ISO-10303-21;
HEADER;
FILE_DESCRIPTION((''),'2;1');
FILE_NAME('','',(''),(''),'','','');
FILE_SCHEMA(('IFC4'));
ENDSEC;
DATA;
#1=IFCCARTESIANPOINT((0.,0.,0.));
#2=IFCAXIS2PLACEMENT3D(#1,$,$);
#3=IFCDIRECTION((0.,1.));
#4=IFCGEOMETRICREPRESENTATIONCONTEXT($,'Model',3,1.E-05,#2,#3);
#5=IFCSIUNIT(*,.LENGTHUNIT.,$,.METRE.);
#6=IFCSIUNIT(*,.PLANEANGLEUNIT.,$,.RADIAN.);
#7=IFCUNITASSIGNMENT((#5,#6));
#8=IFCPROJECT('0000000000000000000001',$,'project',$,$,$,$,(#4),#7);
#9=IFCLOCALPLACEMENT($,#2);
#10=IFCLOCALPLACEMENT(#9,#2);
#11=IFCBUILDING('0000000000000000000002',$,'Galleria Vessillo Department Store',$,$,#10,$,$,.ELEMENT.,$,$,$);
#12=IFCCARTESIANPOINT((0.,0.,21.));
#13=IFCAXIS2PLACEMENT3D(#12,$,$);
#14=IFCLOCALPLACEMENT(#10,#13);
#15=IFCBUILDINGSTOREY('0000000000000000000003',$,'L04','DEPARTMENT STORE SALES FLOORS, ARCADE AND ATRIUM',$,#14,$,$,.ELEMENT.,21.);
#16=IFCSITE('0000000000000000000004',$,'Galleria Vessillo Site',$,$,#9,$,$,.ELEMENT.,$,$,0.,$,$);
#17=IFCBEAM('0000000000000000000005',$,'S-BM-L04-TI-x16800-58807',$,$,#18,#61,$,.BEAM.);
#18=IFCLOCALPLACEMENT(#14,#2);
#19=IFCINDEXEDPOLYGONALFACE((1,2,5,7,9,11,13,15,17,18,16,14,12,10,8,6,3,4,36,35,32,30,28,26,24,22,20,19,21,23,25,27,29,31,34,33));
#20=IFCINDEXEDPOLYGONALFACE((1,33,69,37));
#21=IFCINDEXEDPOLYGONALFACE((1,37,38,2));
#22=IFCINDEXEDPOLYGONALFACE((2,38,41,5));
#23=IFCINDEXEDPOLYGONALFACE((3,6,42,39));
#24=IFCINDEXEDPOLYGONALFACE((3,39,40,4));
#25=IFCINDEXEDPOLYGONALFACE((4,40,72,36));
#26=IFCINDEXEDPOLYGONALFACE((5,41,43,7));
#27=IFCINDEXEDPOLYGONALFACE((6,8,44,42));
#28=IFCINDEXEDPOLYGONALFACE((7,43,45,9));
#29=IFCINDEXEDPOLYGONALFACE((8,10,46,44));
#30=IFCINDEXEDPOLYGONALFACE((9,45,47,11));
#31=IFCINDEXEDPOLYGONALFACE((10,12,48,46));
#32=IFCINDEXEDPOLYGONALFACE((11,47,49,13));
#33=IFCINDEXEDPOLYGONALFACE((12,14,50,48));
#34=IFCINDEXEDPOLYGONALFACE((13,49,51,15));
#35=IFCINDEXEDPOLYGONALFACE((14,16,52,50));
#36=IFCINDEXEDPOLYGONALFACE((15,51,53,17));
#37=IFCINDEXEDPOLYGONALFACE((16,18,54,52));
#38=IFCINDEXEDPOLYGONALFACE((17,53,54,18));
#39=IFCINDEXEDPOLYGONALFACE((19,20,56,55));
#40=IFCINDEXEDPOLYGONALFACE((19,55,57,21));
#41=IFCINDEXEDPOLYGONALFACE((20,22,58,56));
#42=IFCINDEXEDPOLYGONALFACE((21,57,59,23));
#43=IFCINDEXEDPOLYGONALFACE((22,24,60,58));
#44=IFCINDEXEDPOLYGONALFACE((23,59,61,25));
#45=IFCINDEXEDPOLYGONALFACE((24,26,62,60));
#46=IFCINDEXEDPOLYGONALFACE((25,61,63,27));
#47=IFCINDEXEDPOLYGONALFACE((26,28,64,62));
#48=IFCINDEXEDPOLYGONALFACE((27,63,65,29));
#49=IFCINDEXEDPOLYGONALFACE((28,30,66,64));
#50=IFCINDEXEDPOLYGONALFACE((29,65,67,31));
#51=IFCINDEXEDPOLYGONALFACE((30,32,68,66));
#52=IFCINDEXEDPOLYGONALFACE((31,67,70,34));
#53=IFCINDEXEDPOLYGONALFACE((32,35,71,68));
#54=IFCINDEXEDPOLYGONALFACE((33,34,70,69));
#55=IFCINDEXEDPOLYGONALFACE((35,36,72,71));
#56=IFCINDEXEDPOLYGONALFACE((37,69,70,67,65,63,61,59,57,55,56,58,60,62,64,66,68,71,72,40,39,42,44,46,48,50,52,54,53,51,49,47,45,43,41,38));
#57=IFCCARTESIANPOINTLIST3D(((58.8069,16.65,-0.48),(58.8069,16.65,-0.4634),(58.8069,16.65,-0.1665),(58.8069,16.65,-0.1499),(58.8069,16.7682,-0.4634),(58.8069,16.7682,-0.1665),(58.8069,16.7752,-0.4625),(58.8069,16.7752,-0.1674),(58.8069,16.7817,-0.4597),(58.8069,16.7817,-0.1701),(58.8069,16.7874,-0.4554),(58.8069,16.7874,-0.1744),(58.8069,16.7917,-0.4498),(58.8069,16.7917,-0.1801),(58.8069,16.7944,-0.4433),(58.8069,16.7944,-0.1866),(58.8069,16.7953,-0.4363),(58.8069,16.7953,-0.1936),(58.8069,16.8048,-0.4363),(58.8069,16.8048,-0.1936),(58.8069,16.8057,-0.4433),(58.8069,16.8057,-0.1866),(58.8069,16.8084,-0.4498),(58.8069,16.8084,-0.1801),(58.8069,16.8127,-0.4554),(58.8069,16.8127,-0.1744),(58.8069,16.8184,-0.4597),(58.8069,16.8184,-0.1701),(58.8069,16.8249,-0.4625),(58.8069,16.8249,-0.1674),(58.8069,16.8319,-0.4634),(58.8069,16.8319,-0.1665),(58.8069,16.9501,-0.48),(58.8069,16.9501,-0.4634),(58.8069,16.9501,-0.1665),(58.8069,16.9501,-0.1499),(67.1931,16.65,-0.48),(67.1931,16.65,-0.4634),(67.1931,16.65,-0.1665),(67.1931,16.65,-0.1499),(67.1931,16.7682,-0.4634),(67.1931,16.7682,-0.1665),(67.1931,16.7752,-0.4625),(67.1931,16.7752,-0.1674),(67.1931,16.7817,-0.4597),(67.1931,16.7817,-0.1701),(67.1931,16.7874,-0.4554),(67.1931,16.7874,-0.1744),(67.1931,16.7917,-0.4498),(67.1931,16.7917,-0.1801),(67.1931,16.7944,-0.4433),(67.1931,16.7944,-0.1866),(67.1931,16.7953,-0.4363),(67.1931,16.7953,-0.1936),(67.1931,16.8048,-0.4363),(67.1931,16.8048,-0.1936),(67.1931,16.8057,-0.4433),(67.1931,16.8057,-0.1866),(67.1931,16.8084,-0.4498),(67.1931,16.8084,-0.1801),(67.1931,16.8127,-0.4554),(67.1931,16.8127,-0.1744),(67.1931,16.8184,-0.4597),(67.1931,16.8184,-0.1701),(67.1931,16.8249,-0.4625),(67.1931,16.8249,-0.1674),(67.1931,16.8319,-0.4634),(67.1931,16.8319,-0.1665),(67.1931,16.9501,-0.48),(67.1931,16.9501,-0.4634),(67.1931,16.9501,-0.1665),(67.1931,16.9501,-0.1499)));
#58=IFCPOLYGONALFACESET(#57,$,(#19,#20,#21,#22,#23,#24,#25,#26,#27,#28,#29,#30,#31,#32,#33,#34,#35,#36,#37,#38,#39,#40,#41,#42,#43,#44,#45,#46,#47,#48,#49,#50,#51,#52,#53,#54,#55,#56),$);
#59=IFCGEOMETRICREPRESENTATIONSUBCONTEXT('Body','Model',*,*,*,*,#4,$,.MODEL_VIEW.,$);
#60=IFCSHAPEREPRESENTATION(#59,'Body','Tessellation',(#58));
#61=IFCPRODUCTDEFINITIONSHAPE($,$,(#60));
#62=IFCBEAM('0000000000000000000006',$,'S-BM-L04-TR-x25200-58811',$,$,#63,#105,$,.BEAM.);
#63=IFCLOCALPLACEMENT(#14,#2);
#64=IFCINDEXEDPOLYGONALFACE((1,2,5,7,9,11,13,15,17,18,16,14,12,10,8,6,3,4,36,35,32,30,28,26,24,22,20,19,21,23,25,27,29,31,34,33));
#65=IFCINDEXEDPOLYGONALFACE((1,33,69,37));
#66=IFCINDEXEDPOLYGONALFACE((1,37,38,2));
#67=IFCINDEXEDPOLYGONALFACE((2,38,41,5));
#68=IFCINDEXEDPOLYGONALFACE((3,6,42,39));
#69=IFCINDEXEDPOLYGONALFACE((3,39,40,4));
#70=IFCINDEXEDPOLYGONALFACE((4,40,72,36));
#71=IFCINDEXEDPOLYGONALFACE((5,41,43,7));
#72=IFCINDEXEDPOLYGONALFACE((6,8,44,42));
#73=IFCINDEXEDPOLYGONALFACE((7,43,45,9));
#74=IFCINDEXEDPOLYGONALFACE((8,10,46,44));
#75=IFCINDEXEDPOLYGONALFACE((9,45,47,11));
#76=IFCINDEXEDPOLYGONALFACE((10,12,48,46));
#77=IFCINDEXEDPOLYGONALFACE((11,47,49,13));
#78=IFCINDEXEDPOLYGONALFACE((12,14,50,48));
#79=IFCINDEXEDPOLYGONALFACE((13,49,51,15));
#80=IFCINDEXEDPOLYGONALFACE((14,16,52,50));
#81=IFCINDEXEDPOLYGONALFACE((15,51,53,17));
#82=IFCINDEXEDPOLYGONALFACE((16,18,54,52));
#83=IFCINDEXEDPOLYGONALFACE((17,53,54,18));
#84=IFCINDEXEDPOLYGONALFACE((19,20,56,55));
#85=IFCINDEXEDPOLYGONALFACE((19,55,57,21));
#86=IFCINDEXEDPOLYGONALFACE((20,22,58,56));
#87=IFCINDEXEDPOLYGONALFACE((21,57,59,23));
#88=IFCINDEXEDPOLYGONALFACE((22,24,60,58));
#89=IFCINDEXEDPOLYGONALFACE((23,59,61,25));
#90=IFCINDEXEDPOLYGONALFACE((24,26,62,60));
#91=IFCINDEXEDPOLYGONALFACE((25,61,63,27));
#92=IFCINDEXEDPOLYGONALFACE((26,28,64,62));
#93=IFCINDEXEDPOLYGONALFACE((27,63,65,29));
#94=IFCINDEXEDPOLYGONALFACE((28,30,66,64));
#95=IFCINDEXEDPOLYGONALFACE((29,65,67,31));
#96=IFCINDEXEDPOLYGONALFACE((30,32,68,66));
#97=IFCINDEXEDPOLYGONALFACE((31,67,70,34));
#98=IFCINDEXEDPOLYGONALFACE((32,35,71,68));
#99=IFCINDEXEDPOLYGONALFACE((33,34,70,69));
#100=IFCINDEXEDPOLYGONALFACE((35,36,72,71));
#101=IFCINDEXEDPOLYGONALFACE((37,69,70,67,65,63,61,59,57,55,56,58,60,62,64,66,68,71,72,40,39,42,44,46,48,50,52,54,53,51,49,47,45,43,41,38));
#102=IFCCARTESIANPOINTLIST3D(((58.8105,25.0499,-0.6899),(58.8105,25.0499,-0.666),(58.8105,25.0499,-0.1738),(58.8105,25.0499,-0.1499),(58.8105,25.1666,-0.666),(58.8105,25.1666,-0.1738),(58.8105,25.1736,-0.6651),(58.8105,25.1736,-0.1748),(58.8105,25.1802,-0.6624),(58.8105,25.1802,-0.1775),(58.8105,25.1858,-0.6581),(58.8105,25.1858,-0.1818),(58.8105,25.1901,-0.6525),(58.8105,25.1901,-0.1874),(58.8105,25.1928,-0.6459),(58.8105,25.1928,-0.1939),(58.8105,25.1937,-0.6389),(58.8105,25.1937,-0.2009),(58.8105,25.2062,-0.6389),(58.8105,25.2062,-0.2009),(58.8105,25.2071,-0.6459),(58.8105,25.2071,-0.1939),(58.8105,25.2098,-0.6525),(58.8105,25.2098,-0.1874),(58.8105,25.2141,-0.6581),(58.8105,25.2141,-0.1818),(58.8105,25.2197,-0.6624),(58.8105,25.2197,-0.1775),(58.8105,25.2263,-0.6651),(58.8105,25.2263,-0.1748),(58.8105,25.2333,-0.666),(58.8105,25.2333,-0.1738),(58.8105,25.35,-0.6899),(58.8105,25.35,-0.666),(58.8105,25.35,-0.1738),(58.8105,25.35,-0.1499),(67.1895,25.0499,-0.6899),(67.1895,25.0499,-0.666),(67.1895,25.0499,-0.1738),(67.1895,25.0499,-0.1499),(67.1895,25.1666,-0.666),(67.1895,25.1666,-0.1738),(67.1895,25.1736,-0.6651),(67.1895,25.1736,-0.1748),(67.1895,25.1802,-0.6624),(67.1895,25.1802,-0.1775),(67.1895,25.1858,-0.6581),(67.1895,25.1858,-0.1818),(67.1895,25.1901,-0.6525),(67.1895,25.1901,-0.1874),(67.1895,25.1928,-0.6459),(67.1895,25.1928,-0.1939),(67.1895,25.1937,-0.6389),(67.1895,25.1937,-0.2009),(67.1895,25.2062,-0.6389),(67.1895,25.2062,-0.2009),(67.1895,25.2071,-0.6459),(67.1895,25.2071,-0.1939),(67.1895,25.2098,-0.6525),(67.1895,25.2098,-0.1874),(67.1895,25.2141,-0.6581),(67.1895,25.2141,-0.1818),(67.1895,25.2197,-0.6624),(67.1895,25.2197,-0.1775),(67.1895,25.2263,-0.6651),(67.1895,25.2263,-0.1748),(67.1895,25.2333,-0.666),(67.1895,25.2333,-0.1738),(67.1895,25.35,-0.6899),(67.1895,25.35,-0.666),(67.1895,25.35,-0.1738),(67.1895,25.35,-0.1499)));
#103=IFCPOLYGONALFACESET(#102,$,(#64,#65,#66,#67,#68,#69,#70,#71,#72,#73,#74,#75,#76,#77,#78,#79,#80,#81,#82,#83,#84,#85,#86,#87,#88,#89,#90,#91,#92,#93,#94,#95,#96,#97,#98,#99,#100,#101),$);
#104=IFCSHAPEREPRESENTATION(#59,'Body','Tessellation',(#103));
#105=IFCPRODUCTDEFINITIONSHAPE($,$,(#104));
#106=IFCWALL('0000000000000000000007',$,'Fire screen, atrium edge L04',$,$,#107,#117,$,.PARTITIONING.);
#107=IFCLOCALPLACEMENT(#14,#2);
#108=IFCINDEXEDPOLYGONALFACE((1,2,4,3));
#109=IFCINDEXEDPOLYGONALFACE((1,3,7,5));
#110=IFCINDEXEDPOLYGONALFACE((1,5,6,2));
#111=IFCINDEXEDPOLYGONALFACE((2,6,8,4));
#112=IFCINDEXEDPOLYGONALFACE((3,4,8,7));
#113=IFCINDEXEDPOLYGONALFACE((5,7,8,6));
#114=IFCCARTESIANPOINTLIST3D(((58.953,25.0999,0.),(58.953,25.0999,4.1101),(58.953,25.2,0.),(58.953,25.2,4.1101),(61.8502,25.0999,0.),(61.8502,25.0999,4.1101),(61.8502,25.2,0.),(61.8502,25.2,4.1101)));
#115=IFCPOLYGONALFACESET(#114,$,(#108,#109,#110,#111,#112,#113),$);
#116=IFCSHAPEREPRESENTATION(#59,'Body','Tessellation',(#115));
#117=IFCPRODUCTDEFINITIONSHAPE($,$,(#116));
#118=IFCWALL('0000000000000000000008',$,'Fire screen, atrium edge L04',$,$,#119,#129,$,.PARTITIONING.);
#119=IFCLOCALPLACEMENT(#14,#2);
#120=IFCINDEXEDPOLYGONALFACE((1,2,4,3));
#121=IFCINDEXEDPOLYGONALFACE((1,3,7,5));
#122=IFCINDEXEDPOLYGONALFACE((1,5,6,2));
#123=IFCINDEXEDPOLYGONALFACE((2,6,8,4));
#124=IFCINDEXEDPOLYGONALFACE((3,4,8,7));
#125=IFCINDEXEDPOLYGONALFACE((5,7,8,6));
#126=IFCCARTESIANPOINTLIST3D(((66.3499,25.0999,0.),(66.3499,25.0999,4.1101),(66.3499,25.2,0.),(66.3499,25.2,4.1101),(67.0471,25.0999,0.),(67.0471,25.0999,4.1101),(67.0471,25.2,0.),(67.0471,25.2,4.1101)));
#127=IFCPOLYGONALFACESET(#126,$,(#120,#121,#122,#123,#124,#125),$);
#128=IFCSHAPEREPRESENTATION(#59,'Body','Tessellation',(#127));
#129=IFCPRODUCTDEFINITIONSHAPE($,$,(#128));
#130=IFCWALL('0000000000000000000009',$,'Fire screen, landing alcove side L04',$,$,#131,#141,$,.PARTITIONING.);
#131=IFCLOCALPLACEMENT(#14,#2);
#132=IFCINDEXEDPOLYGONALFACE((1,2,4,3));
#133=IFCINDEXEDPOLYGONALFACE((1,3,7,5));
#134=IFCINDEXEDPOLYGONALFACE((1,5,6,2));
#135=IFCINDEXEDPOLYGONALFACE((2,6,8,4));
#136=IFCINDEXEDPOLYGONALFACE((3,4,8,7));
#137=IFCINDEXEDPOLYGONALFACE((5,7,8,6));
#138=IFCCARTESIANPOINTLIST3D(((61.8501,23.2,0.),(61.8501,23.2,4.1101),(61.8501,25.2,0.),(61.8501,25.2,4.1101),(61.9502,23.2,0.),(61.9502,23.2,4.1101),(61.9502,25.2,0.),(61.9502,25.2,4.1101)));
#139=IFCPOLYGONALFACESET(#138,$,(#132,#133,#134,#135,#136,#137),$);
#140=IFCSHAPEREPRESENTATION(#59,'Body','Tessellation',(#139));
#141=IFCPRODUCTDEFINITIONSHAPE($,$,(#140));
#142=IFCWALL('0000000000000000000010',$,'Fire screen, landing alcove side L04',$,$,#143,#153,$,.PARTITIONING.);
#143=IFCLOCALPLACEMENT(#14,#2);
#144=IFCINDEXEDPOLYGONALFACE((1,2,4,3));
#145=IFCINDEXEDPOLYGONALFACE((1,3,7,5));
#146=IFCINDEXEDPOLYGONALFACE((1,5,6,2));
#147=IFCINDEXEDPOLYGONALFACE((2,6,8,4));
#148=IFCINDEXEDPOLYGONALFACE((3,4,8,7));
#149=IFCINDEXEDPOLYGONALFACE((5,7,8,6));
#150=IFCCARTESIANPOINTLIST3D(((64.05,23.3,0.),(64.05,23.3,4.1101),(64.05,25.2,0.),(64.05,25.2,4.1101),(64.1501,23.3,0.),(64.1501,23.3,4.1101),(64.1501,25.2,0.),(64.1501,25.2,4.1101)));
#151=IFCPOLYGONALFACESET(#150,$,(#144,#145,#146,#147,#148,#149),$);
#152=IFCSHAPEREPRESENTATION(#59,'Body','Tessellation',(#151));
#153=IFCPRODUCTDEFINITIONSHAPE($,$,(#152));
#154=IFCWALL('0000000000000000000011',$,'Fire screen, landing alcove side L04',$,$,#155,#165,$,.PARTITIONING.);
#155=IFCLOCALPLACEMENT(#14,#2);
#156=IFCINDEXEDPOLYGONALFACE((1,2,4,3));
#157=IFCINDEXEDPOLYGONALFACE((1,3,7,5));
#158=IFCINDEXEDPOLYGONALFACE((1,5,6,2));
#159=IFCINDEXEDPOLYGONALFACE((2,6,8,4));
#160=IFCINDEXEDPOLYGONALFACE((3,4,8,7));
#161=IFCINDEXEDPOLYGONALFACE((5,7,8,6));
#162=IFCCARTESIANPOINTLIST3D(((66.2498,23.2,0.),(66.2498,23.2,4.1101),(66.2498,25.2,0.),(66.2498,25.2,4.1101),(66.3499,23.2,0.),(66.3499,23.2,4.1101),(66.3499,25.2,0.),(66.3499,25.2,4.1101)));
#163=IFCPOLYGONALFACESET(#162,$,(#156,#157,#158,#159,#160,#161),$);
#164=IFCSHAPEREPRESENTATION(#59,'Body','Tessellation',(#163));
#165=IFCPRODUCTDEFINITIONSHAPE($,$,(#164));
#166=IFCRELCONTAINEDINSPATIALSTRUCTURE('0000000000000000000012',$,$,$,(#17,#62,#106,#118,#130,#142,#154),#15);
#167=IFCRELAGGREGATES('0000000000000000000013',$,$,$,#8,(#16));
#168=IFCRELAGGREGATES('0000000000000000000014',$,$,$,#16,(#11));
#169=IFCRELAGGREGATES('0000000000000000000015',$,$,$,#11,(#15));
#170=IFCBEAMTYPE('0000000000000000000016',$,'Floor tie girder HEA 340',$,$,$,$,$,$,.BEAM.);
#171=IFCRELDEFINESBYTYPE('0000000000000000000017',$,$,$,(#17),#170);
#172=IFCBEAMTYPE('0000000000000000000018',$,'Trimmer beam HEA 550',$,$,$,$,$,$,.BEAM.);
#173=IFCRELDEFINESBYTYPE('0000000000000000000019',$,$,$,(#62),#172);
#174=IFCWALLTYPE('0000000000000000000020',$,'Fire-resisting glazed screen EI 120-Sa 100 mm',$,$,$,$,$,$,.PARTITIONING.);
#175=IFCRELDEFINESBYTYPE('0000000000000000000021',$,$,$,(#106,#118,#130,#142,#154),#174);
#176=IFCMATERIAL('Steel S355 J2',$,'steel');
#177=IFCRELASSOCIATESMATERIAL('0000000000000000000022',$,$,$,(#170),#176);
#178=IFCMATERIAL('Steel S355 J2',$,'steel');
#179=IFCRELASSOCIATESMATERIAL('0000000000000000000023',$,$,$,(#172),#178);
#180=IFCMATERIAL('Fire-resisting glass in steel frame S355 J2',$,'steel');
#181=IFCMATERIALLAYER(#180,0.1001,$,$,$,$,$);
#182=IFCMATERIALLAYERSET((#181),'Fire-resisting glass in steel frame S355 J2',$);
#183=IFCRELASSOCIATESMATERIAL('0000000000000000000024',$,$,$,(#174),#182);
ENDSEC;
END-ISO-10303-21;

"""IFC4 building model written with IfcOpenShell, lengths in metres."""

from ifc_helpers import new_model, si_unit, direction, frame, frame_2d, origin, origin_2d, place, context, subcontext, project, spatial, rectangle, i_section, extrude, material, layer, layer_set, material_profile, profile_set, type_object, element, save


model = new_model("IFC4")

# Units and contexts
model_context = context("Model", 3, precision=1e-05, world=origin(), true_north=direction((0.0, 1.0)))
body_context = subcontext(model_context, "Body", "Model", "MODEL_VIEW")
ifc_project = project(units=[si_unit("LENGTHUNIT", "METRE"), si_unit("PLANEANGLEUNIT", "RADIAN")], contexts=[model_context])

# Site, building, storey
site_placement = place(None, origin())
site = spatial("IfcSite", under=ifc_project, at=site_placement, Name="Galleria Vessillo Site", CompositionType="ELEMENT", RefElevation=0.0)
building_placement = place(site_placement, origin())
building = spatial("IfcBuilding", under=site, at=building_placement, Name="Galleria Vessillo Department Store", CompositionType="ELEMENT")
storey_placement = place(building_placement, frame((0.0, 0.0, 21.0)))
storey = spatial("IfcBuildingStorey", under=building, at=storey_placement, Name="L04", Description="DEPARTMENT STORE SALES FLOORS, ARCADE AND ATRIUM", CompositionType="ELEMENT", Elevation=21.0)

# Beams
ifc_material_1 = material(Name="Steel S355 J2", Category="steel")
ifc_material_profile_1 = material_profile(ifc_material_1, i_section(OverallWidth=0.3, OverallDepth=0.3301, WebThickness=0.0095, FlangeThickness=0.0166, FilletRadius=0.0271, at=origin_2d()), Name="HEA 340")
ifc_profile_set_1 = profile_set([ifc_material_profile_1], Name="Steel S355 J2")
beam_type_1 = type_object("IfcBeamType", Name="Floor tie girder HEA 340", PredefinedType="BEAM", material=ifc_profile_set_1)
beam_1_placement = place(storey_placement, frame((58.8069, 16.8, -0.3149), z_axis=(1.0, 0.0, 0.0), x_axis=(0.0, 1.0, 0.0)))
element("IfcBeam", 1, at=beam_1_placement, inside=storey, type_object=beam_type_1, Name="S-BM-L04-TI-x16800-58807", PredefinedType="BEAM", context=body_context, shape_type="SweptSolid", body=[
    extrude(i_section(OverallWidth=0.3, OverallDepth=0.3301, WebThickness=0.0095, FlangeThickness=0.0166, FilletRadius=0.0271, at=origin_2d()), origin(), (0.0, 0.0, 1.0), 8.3862),
])
ifc_material_2 = material(Name="Steel S355 J2", Category="steel")
ifc_material_profile_2 = material_profile(ifc_material_2, i_section(OverallWidth=0.3, OverallDepth=0.54, WebThickness=0.0125, FlangeThickness=0.0239, FilletRadius=0.0271, at=origin_2d()), Name="HEA 550")
ifc_profile_set_2 = profile_set([ifc_material_profile_2], Name="Steel S355 J2")
beam_type_2 = type_object("IfcBeamType", Name="Trimmer beam HEA 550", PredefinedType="BEAM", material=ifc_profile_set_2)
beam_2_placement = place(storey_placement, frame((58.8105, 25.2, -0.4199), z_axis=(1.0, 0.0, 0.0), x_axis=(0.0, 1.0, 0.0)))
element("IfcBeam", 2, at=beam_2_placement, inside=storey, type_object=beam_type_2, Name="S-BM-L04-TR-x25200-58811", PredefinedType="BEAM", context=body_context, shape_type="SweptSolid", body=[
    extrude(i_section(OverallWidth=0.3, OverallDepth=0.54, WebThickness=0.0125, FlangeThickness=0.0239, FilletRadius=0.0271, at=origin_2d()), origin(), (0.0, 0.0, 1.0), 8.3789),
])

# Walls
ifc_material_3 = material(Name="Fire-resisting glass in steel frame S355 J2", Category="steel")
ifc_layer = layer(ifc_material_3, 0.1001)
ifc_layer_set = layer_set([ifc_layer], Name="Fire-resisting glass in steel frame S355 J2")
wall_type = type_object("IfcWallType", Name="Fire-resisting glazed screen EI 120-Sa 100 mm", PredefinedType="PARTITIONING", material=ifc_layer_set)
wall_1_placement = place(storey_placement, frame((58.9529, 25.1499, 0.0), z_axis=(0.0, 0.0, 1.0), x_axis=(1.0, 0.0, 0.0)))
element("IfcWall", 3, at=wall_1_placement, inside=storey, type_object=wall_type, Name="Fire screen, atrium edge L04", PredefinedType="PARTITIONING", context=body_context, shape_type="SweptSolid", body=[
    extrude(rectangle(XDim=2.8972, YDim=0.1001, at=frame_2d((1.4487, 0.0))), origin(), (0.0, 0.0, 1.0), 4.1101),
])
wall_2_placement = place(storey_placement, frame((66.3499, 25.1499, 0.0), z_axis=(0.0, 0.0, 1.0), x_axis=(1.0, 0.0, 0.0)))
element("IfcWall", 4, at=wall_2_placement, inside=storey, type_object=wall_type, Name="Fire screen, atrium edge L04", PredefinedType="PARTITIONING", context=body_context, shape_type="SweptSolid", body=[
    extrude(rectangle(XDim=0.6973, YDim=0.1001, at=frame_2d((0.3486, 0.0))), origin(), (0.0, 0.0, 1.0), 4.1101),
])
wall_3_placement = place(storey_placement, frame((61.9001, 25.2, 0.0), z_axis=(0.0, 0.0, 1.0), x_axis=(0.0, -1.0, 0.0)))
element("IfcWall", 5, at=wall_3_placement, inside=storey, type_object=wall_type, Name="Fire screen, landing alcove side L04", PredefinedType="PARTITIONING", context=body_context, shape_type="SweptSolid", body=[
    extrude(rectangle(XDim=2.0, YDim=0.1001, at=frame_2d((1.0, 0.0))), origin(), (0.0, 0.0, 1.0), 4.1101),
])
wall_4_placement = place(storey_placement, frame((64.1001, 25.2, 0.0), z_axis=(0.0, 0.0, 1.0), x_axis=(0.0, -1.0, 0.0)))
element("IfcWall", 6, at=wall_4_placement, inside=storey, type_object=wall_type, Name="Fire screen, landing alcove side L04", PredefinedType="PARTITIONING", context=body_context, shape_type="SweptSolid", body=[
    extrude(rectangle(XDim=1.8999, YDim=0.1001, at=frame_2d((0.95, 0.0))), origin(), (0.0, 0.0, 1.0), 4.1101),
])
wall_5_placement = place(storey_placement, frame((66.2998, 25.2, 0.0), z_axis=(0.0, 0.0, 1.0), x_axis=(0.0, -1.0, 0.0)))
element("IfcWall", 7, at=wall_5_placement, inside=storey, type_object=wall_type, Name="Fire screen, landing alcove side L04", PredefinedType="PARTITIONING", context=body_context, shape_type="SweptSolid", body=[
    extrude(rectangle(XDim=2.0, YDim=0.1001, at=frame_2d((1.0, 0.0))), origin(), (0.0, 0.0, 1.0), 4.1101),
])

save(model, "model.ifc")
